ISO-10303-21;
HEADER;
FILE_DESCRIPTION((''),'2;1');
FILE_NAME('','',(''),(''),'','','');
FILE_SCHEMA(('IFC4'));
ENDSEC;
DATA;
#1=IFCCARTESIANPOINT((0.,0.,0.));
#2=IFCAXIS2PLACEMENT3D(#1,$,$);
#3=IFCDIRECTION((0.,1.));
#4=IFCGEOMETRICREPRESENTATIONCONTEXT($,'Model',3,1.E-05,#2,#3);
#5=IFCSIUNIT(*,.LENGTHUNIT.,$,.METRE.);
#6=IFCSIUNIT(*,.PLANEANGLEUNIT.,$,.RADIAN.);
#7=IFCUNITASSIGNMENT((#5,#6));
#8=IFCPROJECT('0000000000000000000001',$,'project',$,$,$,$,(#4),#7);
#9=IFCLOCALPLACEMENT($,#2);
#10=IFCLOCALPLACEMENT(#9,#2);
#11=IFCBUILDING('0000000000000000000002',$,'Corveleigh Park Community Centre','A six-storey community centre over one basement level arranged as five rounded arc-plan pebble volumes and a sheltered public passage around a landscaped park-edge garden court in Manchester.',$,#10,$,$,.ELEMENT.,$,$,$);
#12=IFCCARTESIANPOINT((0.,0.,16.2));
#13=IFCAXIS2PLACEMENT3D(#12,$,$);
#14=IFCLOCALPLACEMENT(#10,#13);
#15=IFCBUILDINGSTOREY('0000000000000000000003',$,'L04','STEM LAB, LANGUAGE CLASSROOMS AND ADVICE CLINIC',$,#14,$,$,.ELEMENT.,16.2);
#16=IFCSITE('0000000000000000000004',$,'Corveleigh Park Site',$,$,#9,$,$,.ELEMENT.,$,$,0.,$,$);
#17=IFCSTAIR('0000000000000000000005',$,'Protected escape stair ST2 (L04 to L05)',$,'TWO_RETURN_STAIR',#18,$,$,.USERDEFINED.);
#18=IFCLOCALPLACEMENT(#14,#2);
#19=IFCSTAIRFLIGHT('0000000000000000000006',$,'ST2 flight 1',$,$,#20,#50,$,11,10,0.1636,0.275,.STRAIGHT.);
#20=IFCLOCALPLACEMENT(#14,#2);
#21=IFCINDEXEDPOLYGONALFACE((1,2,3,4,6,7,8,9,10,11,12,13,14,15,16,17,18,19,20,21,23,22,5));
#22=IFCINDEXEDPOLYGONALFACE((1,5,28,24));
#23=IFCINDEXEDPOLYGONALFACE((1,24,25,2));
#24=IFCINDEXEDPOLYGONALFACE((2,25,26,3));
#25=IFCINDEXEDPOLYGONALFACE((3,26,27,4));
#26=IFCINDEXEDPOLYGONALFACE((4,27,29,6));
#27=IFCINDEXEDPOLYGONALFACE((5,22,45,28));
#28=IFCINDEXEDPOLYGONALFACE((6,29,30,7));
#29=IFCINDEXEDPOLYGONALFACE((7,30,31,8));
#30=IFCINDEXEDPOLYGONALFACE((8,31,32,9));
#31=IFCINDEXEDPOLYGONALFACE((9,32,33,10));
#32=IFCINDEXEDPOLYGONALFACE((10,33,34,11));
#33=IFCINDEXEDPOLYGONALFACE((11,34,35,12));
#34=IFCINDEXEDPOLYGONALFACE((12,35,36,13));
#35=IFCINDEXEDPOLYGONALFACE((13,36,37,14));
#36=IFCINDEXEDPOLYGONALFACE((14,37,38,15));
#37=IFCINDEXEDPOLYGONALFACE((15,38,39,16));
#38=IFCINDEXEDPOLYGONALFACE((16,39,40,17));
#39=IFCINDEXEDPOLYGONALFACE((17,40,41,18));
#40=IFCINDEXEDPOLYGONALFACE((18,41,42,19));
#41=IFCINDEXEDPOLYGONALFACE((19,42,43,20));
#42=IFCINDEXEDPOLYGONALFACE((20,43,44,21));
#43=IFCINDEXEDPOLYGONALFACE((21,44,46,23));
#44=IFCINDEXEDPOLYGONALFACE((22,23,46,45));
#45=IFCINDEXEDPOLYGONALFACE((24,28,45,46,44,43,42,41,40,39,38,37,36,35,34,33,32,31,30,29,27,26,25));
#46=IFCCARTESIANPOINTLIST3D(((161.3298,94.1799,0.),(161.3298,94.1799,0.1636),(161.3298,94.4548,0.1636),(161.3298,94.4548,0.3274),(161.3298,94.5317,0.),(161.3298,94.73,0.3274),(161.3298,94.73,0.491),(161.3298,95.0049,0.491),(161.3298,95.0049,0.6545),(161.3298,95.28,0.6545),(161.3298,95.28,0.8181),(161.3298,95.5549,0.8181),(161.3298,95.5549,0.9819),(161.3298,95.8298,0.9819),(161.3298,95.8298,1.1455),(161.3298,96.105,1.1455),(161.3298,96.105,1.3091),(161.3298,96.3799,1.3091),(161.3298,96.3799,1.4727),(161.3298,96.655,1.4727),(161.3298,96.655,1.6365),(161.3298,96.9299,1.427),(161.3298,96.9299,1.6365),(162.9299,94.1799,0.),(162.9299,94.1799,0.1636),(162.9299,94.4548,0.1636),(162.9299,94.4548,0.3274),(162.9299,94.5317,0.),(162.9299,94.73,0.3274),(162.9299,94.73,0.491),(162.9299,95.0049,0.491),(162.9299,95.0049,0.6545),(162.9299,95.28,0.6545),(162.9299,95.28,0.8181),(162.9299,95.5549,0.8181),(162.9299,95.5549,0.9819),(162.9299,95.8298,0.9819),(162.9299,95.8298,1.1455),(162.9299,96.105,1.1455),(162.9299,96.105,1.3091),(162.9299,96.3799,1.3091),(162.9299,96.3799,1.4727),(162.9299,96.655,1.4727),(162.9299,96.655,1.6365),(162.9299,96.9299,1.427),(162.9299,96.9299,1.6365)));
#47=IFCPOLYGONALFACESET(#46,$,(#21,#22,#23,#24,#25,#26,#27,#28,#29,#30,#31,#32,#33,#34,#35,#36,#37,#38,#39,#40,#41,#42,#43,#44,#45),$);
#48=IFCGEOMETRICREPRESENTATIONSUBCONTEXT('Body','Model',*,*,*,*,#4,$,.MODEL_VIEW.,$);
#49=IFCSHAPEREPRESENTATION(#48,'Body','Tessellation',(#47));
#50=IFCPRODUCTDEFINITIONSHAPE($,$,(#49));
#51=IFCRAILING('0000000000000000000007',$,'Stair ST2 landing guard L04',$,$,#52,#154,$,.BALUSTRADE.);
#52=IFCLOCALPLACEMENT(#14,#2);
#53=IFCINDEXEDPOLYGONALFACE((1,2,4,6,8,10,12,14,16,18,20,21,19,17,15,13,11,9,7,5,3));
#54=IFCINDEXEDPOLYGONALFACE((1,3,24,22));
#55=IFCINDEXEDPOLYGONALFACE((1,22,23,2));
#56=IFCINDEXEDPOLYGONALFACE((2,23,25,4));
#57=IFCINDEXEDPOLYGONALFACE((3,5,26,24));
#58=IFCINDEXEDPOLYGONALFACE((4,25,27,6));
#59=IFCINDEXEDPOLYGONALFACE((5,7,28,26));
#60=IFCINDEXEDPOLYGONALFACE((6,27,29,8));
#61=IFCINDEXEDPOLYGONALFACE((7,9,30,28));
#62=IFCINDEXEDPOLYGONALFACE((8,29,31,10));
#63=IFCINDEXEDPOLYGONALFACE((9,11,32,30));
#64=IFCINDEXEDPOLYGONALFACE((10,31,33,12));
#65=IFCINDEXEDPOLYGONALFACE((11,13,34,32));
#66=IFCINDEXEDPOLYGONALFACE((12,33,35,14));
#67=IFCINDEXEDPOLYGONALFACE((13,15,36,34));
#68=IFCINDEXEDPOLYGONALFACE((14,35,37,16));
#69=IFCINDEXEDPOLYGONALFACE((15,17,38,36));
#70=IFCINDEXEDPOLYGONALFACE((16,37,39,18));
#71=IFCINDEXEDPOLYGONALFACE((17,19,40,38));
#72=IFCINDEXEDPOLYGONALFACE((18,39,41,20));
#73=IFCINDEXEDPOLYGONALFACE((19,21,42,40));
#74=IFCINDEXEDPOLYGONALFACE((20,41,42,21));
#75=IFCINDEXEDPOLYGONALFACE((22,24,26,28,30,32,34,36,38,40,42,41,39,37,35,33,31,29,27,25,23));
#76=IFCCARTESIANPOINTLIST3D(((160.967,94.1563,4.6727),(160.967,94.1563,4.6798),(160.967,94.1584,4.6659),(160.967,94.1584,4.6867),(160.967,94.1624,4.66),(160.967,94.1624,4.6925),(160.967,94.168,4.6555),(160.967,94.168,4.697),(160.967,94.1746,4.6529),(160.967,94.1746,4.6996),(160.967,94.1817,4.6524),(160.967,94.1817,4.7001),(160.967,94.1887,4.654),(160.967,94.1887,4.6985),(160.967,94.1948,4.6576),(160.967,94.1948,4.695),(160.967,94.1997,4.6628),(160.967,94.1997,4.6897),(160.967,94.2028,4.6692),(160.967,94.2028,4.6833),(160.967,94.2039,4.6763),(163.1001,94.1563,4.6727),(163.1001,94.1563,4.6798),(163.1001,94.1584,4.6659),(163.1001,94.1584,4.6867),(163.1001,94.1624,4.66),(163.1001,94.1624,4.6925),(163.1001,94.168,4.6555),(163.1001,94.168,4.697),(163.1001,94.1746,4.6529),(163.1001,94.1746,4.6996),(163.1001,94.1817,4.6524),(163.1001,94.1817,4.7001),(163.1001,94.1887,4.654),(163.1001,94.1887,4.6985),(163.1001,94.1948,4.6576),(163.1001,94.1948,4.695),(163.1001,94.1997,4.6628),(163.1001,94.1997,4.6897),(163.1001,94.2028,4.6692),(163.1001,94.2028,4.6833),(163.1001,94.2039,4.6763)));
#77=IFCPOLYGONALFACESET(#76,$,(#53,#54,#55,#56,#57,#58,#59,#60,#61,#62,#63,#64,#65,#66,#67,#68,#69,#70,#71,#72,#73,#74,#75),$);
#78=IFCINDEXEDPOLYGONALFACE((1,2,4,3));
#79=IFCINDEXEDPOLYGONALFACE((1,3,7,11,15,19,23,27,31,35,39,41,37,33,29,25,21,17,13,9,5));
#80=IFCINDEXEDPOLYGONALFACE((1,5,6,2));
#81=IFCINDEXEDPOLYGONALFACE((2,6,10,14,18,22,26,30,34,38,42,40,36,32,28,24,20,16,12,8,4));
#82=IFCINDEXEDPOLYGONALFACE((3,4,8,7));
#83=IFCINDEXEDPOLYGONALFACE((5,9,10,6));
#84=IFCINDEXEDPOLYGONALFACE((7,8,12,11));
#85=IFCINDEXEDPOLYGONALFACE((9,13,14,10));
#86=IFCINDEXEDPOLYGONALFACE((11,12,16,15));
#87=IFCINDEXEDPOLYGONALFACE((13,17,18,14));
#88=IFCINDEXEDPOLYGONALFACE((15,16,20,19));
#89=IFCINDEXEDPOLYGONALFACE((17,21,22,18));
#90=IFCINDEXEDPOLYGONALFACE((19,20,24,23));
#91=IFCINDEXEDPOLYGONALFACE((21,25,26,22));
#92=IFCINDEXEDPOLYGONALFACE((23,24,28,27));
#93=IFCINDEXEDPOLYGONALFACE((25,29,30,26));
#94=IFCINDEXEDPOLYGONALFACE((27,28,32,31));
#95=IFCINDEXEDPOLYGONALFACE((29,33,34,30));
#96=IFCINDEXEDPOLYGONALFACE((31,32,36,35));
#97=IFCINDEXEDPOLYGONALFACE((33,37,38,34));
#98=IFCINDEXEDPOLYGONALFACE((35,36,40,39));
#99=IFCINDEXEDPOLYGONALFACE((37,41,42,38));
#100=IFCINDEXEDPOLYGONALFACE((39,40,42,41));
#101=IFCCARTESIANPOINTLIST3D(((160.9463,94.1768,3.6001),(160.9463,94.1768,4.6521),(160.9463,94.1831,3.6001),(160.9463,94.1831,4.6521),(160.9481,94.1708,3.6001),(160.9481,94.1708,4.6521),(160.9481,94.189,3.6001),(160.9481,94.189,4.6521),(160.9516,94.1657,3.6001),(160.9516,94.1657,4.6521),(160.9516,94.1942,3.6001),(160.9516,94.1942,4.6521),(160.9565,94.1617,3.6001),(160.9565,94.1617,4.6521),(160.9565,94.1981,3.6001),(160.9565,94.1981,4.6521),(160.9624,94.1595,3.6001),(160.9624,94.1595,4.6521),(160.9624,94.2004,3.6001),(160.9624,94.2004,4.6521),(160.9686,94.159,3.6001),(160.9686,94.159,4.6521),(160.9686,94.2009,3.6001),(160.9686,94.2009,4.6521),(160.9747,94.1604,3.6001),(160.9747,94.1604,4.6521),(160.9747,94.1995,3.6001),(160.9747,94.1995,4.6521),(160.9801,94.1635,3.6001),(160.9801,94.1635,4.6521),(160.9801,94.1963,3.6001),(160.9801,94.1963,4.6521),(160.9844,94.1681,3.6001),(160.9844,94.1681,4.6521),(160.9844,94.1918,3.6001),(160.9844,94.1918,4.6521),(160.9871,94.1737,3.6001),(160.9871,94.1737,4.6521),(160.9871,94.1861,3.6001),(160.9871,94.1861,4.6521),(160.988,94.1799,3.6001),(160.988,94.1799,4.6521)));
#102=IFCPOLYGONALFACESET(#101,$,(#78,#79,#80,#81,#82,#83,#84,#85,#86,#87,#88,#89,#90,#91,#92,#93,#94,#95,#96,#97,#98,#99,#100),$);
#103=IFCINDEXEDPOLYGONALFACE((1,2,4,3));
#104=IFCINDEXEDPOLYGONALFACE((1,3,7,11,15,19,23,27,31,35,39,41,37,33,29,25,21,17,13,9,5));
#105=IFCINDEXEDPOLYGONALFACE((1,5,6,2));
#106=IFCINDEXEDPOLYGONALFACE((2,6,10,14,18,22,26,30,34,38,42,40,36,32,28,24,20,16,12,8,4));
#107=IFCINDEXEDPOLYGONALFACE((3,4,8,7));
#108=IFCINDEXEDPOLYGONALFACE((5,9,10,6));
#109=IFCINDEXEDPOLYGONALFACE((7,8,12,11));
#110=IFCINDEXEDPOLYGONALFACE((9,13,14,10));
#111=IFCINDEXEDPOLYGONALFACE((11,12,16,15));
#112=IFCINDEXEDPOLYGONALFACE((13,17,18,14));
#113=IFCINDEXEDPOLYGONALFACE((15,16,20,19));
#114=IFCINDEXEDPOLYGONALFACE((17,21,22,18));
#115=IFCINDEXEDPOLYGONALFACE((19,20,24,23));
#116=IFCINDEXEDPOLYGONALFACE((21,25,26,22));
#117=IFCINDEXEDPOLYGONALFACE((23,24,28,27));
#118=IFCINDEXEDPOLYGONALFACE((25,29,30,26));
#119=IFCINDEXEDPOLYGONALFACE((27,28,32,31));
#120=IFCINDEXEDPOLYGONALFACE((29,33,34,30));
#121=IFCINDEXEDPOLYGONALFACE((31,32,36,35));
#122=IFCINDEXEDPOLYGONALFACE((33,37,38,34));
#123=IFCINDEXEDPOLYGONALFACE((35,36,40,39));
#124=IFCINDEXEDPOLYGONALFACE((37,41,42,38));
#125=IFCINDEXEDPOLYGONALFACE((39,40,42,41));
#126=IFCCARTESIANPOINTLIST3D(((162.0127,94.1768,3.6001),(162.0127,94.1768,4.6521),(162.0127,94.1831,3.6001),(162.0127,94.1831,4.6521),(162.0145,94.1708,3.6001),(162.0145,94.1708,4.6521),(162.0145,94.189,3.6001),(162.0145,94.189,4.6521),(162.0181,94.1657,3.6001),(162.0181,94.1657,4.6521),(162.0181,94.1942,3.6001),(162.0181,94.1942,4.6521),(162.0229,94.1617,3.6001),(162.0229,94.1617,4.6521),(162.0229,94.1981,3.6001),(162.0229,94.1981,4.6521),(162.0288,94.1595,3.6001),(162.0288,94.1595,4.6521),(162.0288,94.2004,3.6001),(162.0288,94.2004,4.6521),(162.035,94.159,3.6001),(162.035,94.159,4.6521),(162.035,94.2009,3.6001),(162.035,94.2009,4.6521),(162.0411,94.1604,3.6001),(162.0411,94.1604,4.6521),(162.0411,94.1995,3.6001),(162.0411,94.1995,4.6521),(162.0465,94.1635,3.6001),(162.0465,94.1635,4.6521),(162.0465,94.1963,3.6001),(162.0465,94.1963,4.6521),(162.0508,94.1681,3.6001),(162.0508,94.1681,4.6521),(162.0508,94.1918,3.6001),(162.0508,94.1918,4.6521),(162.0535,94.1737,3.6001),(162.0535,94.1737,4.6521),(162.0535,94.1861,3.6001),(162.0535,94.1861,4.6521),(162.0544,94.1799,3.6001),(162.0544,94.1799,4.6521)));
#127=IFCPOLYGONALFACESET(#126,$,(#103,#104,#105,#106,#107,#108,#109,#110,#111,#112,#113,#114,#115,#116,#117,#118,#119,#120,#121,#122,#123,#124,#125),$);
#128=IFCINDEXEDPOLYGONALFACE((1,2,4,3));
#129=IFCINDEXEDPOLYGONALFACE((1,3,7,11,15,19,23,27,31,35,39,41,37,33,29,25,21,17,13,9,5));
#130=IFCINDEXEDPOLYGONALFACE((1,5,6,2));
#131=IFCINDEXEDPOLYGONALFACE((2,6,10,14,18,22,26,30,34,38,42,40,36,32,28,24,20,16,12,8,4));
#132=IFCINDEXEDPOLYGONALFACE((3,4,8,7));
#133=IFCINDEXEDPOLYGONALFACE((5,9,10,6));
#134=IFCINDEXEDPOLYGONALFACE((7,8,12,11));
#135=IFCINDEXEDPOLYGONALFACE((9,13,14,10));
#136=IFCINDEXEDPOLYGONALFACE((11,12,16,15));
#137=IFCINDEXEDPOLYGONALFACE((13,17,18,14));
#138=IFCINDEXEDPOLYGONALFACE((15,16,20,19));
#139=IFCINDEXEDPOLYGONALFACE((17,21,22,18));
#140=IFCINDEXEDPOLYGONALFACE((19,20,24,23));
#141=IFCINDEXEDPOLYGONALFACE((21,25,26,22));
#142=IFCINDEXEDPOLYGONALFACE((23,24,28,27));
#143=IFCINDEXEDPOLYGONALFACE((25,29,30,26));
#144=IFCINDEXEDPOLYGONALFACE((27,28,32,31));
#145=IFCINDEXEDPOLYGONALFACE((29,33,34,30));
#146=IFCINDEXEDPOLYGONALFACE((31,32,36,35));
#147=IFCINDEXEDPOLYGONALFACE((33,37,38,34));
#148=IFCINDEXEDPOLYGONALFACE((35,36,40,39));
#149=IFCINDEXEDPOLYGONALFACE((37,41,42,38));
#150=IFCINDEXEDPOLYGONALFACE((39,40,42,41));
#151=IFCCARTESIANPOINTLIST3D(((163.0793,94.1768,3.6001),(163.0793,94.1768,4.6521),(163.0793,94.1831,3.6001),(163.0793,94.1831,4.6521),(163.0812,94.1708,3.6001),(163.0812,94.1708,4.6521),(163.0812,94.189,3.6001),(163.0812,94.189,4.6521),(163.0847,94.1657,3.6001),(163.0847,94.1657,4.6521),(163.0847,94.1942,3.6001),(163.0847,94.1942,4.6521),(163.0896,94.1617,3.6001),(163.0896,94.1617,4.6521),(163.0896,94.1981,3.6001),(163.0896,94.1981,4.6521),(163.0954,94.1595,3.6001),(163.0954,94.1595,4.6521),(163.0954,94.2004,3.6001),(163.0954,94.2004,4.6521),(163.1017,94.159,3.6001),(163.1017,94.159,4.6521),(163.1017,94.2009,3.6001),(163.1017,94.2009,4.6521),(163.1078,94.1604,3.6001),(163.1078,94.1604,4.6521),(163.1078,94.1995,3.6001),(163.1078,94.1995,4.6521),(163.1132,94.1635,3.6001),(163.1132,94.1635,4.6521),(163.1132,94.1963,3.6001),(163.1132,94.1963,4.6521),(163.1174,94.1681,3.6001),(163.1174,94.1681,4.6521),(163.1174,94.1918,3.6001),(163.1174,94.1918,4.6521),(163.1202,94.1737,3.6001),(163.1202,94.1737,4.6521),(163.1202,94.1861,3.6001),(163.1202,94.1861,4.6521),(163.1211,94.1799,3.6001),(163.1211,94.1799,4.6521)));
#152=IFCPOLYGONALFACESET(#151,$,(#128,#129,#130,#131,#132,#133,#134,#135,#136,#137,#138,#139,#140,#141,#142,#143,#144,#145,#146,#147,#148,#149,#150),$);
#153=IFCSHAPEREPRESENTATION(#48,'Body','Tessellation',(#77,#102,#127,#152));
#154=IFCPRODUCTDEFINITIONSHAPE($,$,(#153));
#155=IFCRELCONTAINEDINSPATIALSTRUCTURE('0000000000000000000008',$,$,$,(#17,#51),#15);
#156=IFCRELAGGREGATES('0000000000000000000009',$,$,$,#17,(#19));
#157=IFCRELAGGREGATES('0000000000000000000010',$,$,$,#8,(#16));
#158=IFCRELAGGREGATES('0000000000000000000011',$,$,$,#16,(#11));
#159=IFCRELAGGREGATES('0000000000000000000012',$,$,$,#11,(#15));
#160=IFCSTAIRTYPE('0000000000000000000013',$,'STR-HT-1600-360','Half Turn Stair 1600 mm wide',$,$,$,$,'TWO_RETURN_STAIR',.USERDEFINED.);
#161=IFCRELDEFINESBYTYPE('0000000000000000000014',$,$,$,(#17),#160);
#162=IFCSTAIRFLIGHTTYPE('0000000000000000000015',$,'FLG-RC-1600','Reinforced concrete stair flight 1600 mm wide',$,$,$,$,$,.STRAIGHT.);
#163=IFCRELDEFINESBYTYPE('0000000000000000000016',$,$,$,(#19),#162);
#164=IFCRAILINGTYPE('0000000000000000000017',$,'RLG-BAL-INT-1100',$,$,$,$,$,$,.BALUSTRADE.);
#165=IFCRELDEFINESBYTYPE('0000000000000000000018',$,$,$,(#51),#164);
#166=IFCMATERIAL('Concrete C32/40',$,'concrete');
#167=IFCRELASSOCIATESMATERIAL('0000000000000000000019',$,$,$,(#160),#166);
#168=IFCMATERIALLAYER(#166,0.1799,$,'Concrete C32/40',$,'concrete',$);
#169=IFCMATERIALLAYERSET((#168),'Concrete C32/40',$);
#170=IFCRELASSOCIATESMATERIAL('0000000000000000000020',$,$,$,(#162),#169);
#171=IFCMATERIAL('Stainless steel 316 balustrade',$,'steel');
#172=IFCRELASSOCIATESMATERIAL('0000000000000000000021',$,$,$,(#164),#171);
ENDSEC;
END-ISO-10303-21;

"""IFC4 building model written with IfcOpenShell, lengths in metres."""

from ifc_helpers import new_model, si_unit, direction, frame, origin, origin_2d, place, context, subcontext, project, spatial, polyline, circle, outline, extrude, material, layer, layer_set, type_object, element, aggregate, save


model = new_model("IFC4")

# Units and contexts
model_context = context("Model", 3, precision=1e-05, world=origin(), true_north=direction((0.0, 1.0)))
body_context = subcontext(model_context, "Body", "Model", "MODEL_VIEW")
ifc_project = project(units=[si_unit("LENGTHUNIT", "METRE"), si_unit("PLANEANGLEUNIT", "RADIAN")], contexts=[model_context])

# Site, building, storey
site_placement = place(None, origin())
site = spatial("IfcSite", under=ifc_project, at=site_placement, Name="Corveleigh Park Site", CompositionType="ELEMENT", RefElevation=0.0)
building_placement = place(site_placement, origin())
building = spatial("IfcBuilding", under=site, at=building_placement, Name="Corveleigh Park Community Centre", Description="A six-storey community centre over one basement level arranged as five rounded arc-plan pebble volumes and a sheltered public passage around a landscaped park-edge garden court in Manchester.", CompositionType="ELEMENT")
storey_placement = place(building_placement, frame((0.0, 0.0, 16.2)))
storey = spatial("IfcBuildingStorey", under=building, at=storey_placement, Name="L04", Description="STEM LAB, LANGUAGE CLASSROOMS AND ADVICE CLINIC", CompositionType="ELEMENT", Elevation=16.2)

# Stair, stair flight
ifc_material_1 = material(Name="Concrete C32/40", Category="concrete")
stair_type = type_object("IfcStairType", Name="STR-HT-1600-360", Description="Half Turn Stair 1600 mm wide", ElementType="TWO_RETURN_STAIR", PredefinedType="USERDEFINED", material=ifc_material_1)
stair_placement = place(storey_placement, origin())
stair = element("IfcStair", 1, at=stair_placement, inside=storey, type_object=stair_type, Name="Protected escape stair ST2 (L04 to L05)", ObjectType="TWO_RETURN_STAIR", PredefinedType="USERDEFINED")
ifc_layer_1 = layer(ifc_material_1, 0.1799, Name="Concrete C32/40", Category="concrete")
ifc_layer_set_1 = layer_set([ifc_layer_1], Name="Concrete C32/40")
stair_flight_type = type_object("IfcStairFlightType", Name="FLG-RC-1600", Description="Reinforced concrete stair flight 1600 mm wide", PredefinedType="STRAIGHT", material=ifc_layer_set_1)
stair_flight_placement = place(storey_placement, frame((162.1299, 94.1799, 0.0), z_axis=(0.0, 0.0, 1.0), x_axis=(0.0, 1.0, 0.0)))
stair_flight = element("IfcStairFlight", 2, at=stair_flight_placement, type_object=stair_flight_type, Name="ST2 flight 1", NumberOfRisers=11, NumberOfTreads=10, PredefinedType="STRAIGHT", RiserHeight=0.1636, TreadLength=0.275, context=body_context, shape_type="SweptSolid", body=[
    extrude(outline(polyline([(0.0, 0.0), (0.0, 0.1636), (0.2749, 0.1636), (0.2749, 0.3274), (0.55, 0.3274), (0.55, 0.491), (0.825, 0.491), (0.825, 0.6545), (1.1001, 0.6545), (1.1001, 0.8181), (1.375, 0.8181), (1.375, 0.9819), (1.6499, 0.9819), (1.6499, 1.1455), (1.925, 1.1455), (1.925, 1.3091), (2.2, 1.3091), (2.2, 1.4727), (2.4751, 1.4727), (2.4751, 1.6365), (2.75, 1.6365), (2.75, 1.8), (2.75, 1.427), (0.3518, 0.0), (0.0, 0.0)])), frame((0.0, 0.8, 0.0), z_axis=(0.0, -1.0, 0.0), x_axis=(1.0, 0.0, 0.0)), (0.0, 0.0, 1.0), 1.6001),
])
aggregate(stair, [stair_flight])

# Railing
ifc_material_2 = material(Name="Stainless steel 316 balustrade", Category="steel")
railing_type = type_object("IfcRailingType", Name="RLG-BAL-INT-1100", PredefinedType="BALUSTRADE", material=ifc_material_2)
railing_1_placement = place(storey_placement, frame((160.967, 94.1799, 3.6001)))
element("IfcRailing", 3, at=railing_1_placement, inside=storey, type_object=railing_type, Name="Stair ST2 landing guard L04", PredefinedType="BALUSTRADE", context=body_context, shape_type="SweptSolid", body=[
    extrude(circle(Radius=0.0239, at=origin_2d()), frame((0.0, 0.0, 1.0762), z_axis=(1.0, 0.0, 0.0), x_axis=(0.0, 1.0, 0.0)), (0.0, 0.0, 1.0), 2.1331),
    extrude(circle(Radius=0.021, at=origin_2d()), origin(), (0.0, 0.0, 1.0), 1.052),
    extrude(circle(Radius=0.021, at=origin_2d()), frame((1.0664, 0.0, 0.0)), (0.0, 0.0, 1.0), 1.052),
    extrude(circle(Radius=0.021, at=origin_2d()), frame((2.1331, 0.0, 0.0)), (0.0, 0.0, 1.0), 1.052),
])

save(model, "model.ifc")
